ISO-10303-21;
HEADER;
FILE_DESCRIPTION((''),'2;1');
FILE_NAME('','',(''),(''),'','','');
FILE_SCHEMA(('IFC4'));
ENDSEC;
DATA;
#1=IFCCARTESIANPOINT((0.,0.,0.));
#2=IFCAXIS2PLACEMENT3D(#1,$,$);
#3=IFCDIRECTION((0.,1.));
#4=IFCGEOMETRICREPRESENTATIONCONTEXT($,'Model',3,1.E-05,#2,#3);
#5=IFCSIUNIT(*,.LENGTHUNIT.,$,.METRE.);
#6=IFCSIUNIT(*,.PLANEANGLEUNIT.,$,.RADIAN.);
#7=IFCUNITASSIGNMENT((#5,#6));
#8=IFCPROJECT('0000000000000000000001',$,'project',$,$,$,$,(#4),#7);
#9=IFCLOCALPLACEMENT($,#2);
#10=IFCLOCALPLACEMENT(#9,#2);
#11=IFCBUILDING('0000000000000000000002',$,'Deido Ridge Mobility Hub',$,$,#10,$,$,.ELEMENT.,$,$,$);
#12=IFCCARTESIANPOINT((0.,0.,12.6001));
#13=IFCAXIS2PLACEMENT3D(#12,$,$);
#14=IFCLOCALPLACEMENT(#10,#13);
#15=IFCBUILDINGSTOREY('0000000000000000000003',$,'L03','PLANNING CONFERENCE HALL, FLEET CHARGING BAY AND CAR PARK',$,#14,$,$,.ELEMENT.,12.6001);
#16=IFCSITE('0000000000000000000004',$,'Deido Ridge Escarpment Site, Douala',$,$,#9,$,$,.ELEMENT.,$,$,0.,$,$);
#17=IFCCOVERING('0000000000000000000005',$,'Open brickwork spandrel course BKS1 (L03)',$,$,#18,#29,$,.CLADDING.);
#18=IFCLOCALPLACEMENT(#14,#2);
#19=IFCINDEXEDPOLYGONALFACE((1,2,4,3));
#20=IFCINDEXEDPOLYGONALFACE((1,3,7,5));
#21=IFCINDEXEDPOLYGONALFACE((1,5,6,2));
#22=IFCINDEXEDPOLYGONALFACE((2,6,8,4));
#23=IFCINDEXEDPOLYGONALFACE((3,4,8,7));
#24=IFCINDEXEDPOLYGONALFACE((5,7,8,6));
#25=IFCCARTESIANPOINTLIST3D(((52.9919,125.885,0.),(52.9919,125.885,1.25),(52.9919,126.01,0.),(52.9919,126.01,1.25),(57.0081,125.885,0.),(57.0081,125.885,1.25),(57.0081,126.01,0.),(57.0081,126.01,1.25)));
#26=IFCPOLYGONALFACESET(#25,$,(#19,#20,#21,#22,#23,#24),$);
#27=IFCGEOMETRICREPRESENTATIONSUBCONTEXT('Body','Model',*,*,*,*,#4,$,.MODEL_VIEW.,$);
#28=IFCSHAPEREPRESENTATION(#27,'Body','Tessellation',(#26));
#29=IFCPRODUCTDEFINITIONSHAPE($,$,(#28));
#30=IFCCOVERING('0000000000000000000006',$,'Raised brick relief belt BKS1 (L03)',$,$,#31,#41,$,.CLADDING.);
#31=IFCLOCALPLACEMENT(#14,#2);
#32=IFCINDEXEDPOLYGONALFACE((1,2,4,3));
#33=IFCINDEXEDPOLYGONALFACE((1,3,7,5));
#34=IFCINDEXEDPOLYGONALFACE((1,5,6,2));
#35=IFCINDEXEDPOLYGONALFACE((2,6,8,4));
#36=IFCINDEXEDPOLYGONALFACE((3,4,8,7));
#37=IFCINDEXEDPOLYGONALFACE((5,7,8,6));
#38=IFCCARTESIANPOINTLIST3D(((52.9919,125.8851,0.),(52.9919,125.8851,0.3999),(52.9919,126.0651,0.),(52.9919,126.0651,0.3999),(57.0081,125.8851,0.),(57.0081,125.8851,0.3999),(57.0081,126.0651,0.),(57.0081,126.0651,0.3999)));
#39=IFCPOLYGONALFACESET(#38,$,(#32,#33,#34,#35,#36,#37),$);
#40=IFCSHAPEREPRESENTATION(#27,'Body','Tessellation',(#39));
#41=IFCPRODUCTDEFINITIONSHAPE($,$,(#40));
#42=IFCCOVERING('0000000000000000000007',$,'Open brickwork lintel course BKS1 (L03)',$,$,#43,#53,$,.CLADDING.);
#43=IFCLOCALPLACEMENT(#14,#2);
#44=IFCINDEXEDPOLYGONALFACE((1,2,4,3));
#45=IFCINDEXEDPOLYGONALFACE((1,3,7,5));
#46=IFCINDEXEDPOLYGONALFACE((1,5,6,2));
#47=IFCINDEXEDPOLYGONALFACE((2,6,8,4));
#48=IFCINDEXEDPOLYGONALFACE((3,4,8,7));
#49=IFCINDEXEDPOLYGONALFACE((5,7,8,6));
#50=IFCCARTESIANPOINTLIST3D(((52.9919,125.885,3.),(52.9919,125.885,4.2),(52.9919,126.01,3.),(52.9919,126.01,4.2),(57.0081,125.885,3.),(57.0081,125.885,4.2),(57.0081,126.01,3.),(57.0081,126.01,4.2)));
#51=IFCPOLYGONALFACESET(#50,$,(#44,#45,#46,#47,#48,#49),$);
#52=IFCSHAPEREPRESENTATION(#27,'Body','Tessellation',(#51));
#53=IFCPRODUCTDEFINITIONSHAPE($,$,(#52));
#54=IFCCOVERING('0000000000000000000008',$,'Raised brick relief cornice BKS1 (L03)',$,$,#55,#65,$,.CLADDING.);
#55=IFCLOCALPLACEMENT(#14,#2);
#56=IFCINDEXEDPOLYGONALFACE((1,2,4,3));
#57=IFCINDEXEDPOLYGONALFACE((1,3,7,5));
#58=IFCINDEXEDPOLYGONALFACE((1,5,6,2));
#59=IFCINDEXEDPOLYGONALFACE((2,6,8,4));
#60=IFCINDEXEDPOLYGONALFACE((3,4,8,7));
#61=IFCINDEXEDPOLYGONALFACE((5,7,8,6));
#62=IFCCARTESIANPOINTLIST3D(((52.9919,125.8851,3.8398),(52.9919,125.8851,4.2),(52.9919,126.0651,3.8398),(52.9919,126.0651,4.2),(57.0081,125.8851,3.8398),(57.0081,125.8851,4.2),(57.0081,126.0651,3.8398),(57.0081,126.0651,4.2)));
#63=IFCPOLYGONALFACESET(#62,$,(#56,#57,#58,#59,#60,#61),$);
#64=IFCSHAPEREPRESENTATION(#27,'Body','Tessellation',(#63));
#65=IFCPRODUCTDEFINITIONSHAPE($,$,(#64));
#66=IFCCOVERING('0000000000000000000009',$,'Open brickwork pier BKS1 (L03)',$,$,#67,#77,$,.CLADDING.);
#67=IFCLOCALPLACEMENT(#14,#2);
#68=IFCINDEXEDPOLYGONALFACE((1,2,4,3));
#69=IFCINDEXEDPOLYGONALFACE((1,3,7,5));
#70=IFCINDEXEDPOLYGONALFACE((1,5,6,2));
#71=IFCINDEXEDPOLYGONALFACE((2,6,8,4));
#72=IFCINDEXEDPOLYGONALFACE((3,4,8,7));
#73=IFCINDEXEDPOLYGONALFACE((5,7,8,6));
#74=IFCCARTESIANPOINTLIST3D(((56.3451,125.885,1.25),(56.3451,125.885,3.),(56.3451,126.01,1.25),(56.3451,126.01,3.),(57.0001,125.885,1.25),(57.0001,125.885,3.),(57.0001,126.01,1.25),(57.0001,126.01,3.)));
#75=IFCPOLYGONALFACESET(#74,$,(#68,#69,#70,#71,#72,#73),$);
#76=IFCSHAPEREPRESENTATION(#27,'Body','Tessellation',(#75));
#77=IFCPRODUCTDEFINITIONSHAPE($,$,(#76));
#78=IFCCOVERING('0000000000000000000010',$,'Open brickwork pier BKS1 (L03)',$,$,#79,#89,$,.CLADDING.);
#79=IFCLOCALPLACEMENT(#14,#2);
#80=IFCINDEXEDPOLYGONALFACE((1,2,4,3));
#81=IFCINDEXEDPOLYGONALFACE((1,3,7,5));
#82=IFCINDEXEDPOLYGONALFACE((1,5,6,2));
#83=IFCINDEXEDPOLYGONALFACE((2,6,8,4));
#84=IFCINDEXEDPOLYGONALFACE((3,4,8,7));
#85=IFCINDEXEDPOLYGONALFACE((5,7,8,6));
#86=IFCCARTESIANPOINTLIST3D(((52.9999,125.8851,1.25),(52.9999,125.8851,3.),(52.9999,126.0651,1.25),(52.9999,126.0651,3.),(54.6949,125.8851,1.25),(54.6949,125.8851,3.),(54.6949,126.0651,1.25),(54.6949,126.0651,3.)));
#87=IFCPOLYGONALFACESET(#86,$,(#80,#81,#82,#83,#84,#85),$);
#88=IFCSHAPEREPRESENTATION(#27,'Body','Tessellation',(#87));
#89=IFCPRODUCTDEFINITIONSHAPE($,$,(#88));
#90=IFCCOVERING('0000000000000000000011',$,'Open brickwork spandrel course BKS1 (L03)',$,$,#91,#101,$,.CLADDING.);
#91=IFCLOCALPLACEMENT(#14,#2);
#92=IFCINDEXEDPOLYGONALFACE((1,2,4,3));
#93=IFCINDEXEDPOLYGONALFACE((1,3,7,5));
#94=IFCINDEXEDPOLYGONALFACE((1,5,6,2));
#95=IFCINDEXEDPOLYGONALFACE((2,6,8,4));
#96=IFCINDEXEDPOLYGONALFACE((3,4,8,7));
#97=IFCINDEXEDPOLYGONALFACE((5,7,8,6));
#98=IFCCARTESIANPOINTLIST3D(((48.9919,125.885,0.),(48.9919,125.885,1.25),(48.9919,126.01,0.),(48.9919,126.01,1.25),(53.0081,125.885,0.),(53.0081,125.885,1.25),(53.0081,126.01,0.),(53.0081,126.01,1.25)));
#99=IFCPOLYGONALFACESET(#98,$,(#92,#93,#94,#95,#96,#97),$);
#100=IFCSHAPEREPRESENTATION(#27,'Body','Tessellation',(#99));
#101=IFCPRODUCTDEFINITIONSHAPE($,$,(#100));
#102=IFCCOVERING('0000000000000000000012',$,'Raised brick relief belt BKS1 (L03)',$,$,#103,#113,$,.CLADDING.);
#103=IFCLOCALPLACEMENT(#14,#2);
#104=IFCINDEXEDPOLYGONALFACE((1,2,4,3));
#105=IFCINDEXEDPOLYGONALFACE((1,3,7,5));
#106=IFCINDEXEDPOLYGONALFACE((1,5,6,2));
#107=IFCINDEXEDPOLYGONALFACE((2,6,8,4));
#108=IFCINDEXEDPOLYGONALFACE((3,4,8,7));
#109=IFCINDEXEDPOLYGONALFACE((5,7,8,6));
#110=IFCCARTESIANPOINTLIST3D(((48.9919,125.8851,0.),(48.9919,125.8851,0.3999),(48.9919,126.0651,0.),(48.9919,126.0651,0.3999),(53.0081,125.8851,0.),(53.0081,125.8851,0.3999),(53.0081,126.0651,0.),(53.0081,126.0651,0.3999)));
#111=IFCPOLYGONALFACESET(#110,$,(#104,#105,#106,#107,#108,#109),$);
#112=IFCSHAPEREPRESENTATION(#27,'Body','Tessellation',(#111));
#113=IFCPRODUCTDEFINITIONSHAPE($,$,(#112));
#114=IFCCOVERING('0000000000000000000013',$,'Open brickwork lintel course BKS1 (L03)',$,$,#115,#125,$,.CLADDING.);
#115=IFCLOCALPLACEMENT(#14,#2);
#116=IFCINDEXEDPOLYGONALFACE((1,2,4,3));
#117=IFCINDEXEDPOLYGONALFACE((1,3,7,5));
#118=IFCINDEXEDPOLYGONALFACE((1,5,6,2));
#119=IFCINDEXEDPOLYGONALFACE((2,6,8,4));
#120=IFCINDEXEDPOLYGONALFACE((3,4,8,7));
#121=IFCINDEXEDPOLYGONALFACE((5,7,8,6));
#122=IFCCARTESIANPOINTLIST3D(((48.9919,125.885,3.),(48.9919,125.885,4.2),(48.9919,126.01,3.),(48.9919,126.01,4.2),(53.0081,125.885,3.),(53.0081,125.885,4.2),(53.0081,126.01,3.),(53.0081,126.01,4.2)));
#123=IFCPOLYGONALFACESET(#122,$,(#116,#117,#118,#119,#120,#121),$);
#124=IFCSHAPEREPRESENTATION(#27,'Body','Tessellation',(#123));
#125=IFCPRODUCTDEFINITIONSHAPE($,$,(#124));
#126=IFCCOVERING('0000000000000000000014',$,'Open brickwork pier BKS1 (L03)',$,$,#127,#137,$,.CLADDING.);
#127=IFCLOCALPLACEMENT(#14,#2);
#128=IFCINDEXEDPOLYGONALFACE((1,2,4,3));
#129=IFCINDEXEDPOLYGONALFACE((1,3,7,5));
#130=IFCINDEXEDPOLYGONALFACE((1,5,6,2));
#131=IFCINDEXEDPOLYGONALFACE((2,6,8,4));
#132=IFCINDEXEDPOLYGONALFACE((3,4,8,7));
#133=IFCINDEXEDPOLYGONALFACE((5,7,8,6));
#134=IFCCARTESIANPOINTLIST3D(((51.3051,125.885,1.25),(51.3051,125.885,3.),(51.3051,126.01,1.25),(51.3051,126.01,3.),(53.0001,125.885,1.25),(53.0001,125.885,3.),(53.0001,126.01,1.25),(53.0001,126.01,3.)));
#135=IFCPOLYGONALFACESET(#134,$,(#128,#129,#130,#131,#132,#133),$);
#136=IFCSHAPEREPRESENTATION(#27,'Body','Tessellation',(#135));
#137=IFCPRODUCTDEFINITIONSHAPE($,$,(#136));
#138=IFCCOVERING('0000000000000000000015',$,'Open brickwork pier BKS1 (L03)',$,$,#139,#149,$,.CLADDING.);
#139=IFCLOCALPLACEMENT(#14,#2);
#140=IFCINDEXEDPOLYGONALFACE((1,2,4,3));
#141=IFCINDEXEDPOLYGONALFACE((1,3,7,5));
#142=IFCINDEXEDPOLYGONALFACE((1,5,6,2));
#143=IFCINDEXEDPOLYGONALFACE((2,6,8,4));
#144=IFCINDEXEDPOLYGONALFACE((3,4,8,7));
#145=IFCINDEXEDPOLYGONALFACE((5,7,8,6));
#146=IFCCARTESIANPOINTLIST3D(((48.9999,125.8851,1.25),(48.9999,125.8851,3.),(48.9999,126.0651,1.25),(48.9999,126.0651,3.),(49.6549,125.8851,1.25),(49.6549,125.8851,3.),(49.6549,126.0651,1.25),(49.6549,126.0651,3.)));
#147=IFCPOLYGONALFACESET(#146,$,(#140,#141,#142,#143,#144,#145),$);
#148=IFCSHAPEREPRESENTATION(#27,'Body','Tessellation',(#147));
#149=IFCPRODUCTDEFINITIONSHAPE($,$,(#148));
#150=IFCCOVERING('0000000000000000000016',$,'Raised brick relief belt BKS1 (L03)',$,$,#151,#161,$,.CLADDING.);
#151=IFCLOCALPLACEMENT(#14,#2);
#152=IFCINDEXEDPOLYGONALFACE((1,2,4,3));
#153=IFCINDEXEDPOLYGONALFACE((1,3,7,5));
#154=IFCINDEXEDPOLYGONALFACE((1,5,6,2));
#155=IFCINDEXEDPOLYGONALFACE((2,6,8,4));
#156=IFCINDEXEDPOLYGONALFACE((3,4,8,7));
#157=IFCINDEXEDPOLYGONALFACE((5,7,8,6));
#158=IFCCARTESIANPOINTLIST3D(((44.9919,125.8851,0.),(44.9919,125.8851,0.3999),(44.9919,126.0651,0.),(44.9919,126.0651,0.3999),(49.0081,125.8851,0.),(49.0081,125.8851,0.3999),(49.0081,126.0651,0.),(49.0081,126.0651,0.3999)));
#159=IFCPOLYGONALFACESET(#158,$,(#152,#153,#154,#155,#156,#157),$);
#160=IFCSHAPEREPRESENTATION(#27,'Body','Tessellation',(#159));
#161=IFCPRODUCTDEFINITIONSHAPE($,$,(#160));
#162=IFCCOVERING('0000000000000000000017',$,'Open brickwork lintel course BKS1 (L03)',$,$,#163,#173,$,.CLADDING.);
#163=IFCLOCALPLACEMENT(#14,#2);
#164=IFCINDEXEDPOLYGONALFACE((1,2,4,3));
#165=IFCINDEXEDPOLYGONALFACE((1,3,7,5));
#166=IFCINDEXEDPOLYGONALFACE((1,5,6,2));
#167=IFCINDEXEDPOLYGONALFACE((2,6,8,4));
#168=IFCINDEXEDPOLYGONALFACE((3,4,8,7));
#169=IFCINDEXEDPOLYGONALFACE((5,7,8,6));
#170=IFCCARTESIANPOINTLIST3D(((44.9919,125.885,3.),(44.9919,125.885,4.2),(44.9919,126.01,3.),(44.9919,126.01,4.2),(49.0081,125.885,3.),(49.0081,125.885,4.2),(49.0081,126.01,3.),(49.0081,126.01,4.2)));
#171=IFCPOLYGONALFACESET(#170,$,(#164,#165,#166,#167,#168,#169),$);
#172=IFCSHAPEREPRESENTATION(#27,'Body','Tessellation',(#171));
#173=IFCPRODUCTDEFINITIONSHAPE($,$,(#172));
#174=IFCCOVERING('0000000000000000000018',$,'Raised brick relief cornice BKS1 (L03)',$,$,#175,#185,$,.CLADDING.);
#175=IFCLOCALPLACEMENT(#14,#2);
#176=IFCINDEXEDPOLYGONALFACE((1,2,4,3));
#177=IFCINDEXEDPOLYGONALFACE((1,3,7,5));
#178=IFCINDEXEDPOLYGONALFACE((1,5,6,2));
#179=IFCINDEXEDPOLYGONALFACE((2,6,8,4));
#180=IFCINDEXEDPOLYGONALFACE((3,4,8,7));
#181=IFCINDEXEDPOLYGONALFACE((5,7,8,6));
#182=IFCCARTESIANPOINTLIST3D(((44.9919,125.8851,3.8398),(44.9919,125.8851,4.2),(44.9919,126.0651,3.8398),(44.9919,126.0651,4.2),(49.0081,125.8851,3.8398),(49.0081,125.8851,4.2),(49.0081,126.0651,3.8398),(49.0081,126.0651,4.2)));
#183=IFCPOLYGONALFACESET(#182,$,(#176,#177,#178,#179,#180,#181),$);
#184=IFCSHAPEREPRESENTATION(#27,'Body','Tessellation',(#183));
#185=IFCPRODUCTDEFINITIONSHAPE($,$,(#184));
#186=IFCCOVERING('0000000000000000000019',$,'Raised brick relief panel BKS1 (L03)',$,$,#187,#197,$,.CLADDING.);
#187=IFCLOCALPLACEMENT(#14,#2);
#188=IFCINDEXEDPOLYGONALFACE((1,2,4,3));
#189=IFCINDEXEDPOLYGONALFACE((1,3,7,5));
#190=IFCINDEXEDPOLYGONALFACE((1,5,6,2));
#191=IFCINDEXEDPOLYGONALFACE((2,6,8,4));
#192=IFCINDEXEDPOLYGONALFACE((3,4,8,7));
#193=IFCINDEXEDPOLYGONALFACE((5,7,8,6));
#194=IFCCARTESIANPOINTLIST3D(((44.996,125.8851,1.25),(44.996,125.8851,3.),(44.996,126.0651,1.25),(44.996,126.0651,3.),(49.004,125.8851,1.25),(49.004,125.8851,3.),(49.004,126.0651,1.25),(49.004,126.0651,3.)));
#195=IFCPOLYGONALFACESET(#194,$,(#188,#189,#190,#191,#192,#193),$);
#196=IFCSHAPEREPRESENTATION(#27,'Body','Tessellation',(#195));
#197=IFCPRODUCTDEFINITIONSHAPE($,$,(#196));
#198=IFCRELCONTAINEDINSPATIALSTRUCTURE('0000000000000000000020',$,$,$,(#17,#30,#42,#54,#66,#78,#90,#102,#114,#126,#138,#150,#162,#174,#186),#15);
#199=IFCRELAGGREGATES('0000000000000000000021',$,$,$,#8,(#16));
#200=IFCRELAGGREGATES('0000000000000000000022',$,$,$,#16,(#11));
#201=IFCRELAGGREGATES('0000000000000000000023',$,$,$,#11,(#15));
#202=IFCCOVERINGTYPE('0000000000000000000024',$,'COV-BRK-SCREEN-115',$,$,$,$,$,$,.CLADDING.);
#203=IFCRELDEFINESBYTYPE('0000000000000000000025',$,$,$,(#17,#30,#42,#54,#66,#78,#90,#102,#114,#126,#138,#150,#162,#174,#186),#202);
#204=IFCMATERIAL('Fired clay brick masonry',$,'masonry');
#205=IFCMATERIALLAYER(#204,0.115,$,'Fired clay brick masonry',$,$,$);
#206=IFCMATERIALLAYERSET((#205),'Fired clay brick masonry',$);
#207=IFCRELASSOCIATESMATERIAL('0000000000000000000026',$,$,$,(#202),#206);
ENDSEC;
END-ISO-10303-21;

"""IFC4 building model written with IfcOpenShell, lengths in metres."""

from ifc_helpers import new_model, si_unit, direction, frame, origin, origin_2d, place, context, subcontext, project, spatial, rectangle, extrude, material, layer, layer_set, type_object, element, save


model = new_model("IFC4")

# Units and contexts
model_context = context("Model", 3, precision=1e-05, world=origin(), true_north=direction((0.0, 1.0)))
body_context = subcontext(model_context, "Body", "Model", "MODEL_VIEW")
ifc_project = project(units=[si_unit("LENGTHUNIT", "METRE"), si_unit("PLANEANGLEUNIT", "RADIAN")], contexts=[model_context])

# Site, building, storey
site_placement = place(None, origin())
site = spatial("IfcSite", under=ifc_project, at=site_placement, Name="Deido Ridge Escarpment Site, Douala", CompositionType="ELEMENT", RefElevation=0.0)
building_placement = place(site_placement, origin())
building = spatial("IfcBuilding", under=site, at=building_placement, Name="Deido Ridge Mobility Hub", CompositionType="ELEMENT")
storey_placement = place(building_placement, frame((0.0, 0.0, 12.6001)))
storey = spatial("IfcBuildingStorey", under=building, at=storey_placement, Name="L03", Description="PLANNING CONFERENCE HALL, FLEET CHARGING BAY AND CAR PARK", CompositionType="ELEMENT", Elevation=12.6001)

# Coverings
ifc_material = material(Name="Fired clay brick masonry", Category="masonry")
ifc_layer = layer(ifc_material, 0.115, Name="Fired clay brick masonry")
ifc_layer_set = layer_set([ifc_layer], Name="Fired clay brick masonry")
covering_type = type_object("IfcCoveringType", Name="COV-BRK-SCREEN-115", PredefinedType="CLADDING", material=ifc_layer_set)
covering_1_placement = place(storey_placement, frame((55.0, 125.9475, 0.0), z_axis=(0.0, 0.0, 1.0), x_axis=(-1.0, 0.0, 0.0)))
element("IfcCovering", 1, at=covering_1_placement, inside=storey, type_object=covering_type, Name="Open brickwork spandrel course BKS1 (L03)", PredefinedType="CLADDING", context=body_context, shape_type="SweptSolid", body=[
    extrude(rectangle(XDim=4.0161, YDim=0.125, at=origin_2d()), origin(), (0.0, 0.0, 1.0), 1.25),
])
covering_2_placement = place(storey_placement, frame((55.0, 125.9751, 0.0), z_axis=(0.0, 0.0, 1.0), x_axis=(-1.0, 0.0, 0.0)))
element("IfcCovering", 2, at=covering_2_placement, inside=storey, type_object=covering_type, Name="Raised brick relief belt BKS1 (L03)", PredefinedType="CLADDING", context=body_context, shape_type="SweptSolid", body=[
    extrude(rectangle(XDim=4.0161, YDim=0.1799, at=origin_2d()), origin(), (0.0, 0.0, 1.0), 0.3999),
])
covering_3_placement = place(storey_placement, frame((55.0, 125.9475, 3.0), z_axis=(0.0, 0.0, 1.0), x_axis=(-1.0, 0.0, 0.0)))
element("IfcCovering", 3, at=covering_3_placement, inside=storey, type_object=covering_type, Name="Open brickwork lintel course BKS1 (L03)", PredefinedType="CLADDING", context=body_context, shape_type="SweptSolid", body=[
    extrude(rectangle(XDim=4.0161, YDim=0.125, at=origin_2d()), origin(), (0.0, 0.0, 1.0), 1.2),
])
covering_4_placement = place(storey_placement, frame((55.0, 125.9751, 3.8398), z_axis=(0.0, 0.0, 1.0), x_axis=(-1.0, 0.0, 0.0)))
element("IfcCovering", 4, at=covering_4_placement, inside=storey, type_object=covering_type, Name="Raised brick relief cornice BKS1 (L03)", PredefinedType="CLADDING", context=body_context, shape_type="SweptSolid", body=[
    extrude(rectangle(XDim=4.0161, YDim=0.1799, at=origin_2d()), origin(), (0.0, 0.0, 1.0), 0.3601),
])
covering_5_placement = place(storey_placement, frame((56.6726, 125.9475, 1.25), z_axis=(0.0, 0.0, 1.0), x_axis=(-1.0, 0.0, 0.0)))
element("IfcCovering", 5, at=covering_5_placement, inside=storey, type_object=covering_type, Name="Open brickwork pier BKS1 (L03)", PredefinedType="CLADDING", context=body_context, shape_type="SweptSolid", body=[
    extrude(rectangle(XDim=0.655, YDim=0.125, at=origin_2d()), origin(), (0.0, 0.0, 1.0), 1.75),
])
covering_6_placement = place(storey_placement, frame((53.8474, 125.9751, 1.25), z_axis=(0.0, 0.0, 1.0), x_axis=(-1.0, 0.0, 0.0)))
element("IfcCovering", 6, at=covering_6_placement, inside=storey, type_object=covering_type, Name="Open brickwork pier BKS1 (L03)", PredefinedType="CLADDING", context=body_context, shape_type="SweptSolid", body=[
    extrude(rectangle(XDim=1.6951, YDim=0.1799, at=origin_2d()), origin(), (0.0, 0.0, 1.0), 1.75),
])
covering_7_placement = place(storey_placement, frame((51.0, 125.9475, 0.0), z_axis=(0.0, 0.0, 1.0), x_axis=(-1.0, 0.0, 0.0)))
element("IfcCovering", 7, at=covering_7_placement, inside=storey, type_object=covering_type, Name="Open brickwork spandrel course BKS1 (L03)", PredefinedType="CLADDING", context=body_context, shape_type="SweptSolid", body=[
    extrude(rectangle(XDim=4.0161, YDim=0.125, at=origin_2d()), origin(), (0.0, 0.0, 1.0), 1.25),
])
covering_8_placement = place(storey_placement, frame((51.0, 125.9751, 0.0), z_axis=(0.0, 0.0, 1.0), x_axis=(-1.0, 0.0, 0.0)))
element("IfcCovering", 8, at=covering_8_placement, inside=storey, type_object=covering_type, Name="Raised brick relief belt BKS1 (L03)", PredefinedType="CLADDING", context=body_context, shape_type="SweptSolid", body=[
    extrude(rectangle(XDim=4.0161, YDim=0.1799, at=origin_2d()), origin(), (0.0, 0.0, 1.0), 0.3999),
])
covering_9_placement = place(storey_placement, frame((51.0, 125.9475, 3.0), z_axis=(0.0, 0.0, 1.0), x_axis=(-1.0, 0.0, 0.0)))
element("IfcCovering", 9, at=covering_9_placement, inside=storey, type_object=covering_type, Name="Open brickwork lintel course BKS1 (L03)", PredefinedType="CLADDING", context=body_context, shape_type="SweptSolid", body=[
    extrude(rectangle(XDim=4.0161, YDim=0.125, at=origin_2d()), origin(), (0.0, 0.0, 1.0), 1.2),
])
covering_10_placement = place(storey_placement, frame((52.1526, 125.9475, 1.25), z_axis=(0.0, 0.0, 1.0), x_axis=(-1.0, 0.0, 0.0)))
element("IfcCovering", 10, at=covering_10_placement, inside=storey, type_object=covering_type, Name="Open brickwork pier BKS1 (L03)", PredefinedType="CLADDING", context=body_context, shape_type="SweptSolid", body=[
    extrude(rectangle(XDim=1.6951, YDim=0.125, at=origin_2d()), origin(), (0.0, 0.0, 1.0), 1.75),
])
covering_11_placement = place(storey_placement, frame((49.3274, 125.9751, 1.25), z_axis=(0.0, 0.0, 1.0), x_axis=(-1.0, 0.0, 0.0)))
element("IfcCovering", 11, at=covering_11_placement, inside=storey, type_object=covering_type, Name="Open brickwork pier BKS1 (L03)", PredefinedType="CLADDING", context=body_context, shape_type="SweptSolid", body=[
    extrude(rectangle(XDim=0.655, YDim=0.1799, at=origin_2d()), origin(), (0.0, 0.0, 1.0), 1.75),
])
covering_12_placement = place(storey_placement, frame((47.0, 125.9751, 0.0), z_axis=(0.0, 0.0, 1.0), x_axis=(-1.0, 0.0, 0.0)))
element("IfcCovering", 12, at=covering_12_placement, inside=storey, type_object=covering_type, Name="Raised brick relief belt BKS1 (L03)", PredefinedType="CLADDING", context=body_context, shape_type="SweptSolid", body=[
    extrude(rectangle(XDim=4.0161, YDim=0.1799, at=origin_2d()), origin(), (0.0, 0.0, 1.0), 0.3999),
])
covering_13_placement = place(storey_placement, frame((47.0, 125.9475, 3.0), z_axis=(0.0, 0.0, 1.0), x_axis=(-1.0, 0.0, 0.0)))
element("IfcCovering", 13, at=covering_13_placement, inside=storey, type_object=covering_type, Name="Open brickwork lintel course BKS1 (L03)", PredefinedType="CLADDING", context=body_context, shape_type="SweptSolid", body=[
    extrude(rectangle(XDim=4.0161, YDim=0.125, at=origin_2d()), origin(), (0.0, 0.0, 1.0), 1.2),
])
covering_14_placement = place(storey_placement, frame((47.0, 125.9751, 3.8398), z_axis=(0.0, 0.0, 1.0), x_axis=(-1.0, 0.0, 0.0)))
element("IfcCovering", 14, at=covering_14_placement, inside=storey, type_object=covering_type, Name="Raised brick relief cornice BKS1 (L03)", PredefinedType="CLADDING", context=body_context, shape_type="SweptSolid", body=[
    extrude(rectangle(XDim=4.0161, YDim=0.1799, at=origin_2d()), origin(), (0.0, 0.0, 1.0), 0.3601),
])
covering_15_placement = place(storey_placement, frame((47.0, 125.9751, 1.25), z_axis=(0.0, 0.0, 1.0), x_axis=(-1.0, 0.0, 0.0)))
element("IfcCovering", 15, at=covering_15_placement, inside=storey, type_object=covering_type, Name="Raised brick relief panel BKS1 (L03)", PredefinedType="CLADDING", context=body_context, shape_type="SweptSolid", body=[
    extrude(rectangle(XDim=4.0081, YDim=0.1799, at=origin_2d()), origin(), (0.0, 0.0, 1.0), 1.75),
])

save(model, "model.ifc")
